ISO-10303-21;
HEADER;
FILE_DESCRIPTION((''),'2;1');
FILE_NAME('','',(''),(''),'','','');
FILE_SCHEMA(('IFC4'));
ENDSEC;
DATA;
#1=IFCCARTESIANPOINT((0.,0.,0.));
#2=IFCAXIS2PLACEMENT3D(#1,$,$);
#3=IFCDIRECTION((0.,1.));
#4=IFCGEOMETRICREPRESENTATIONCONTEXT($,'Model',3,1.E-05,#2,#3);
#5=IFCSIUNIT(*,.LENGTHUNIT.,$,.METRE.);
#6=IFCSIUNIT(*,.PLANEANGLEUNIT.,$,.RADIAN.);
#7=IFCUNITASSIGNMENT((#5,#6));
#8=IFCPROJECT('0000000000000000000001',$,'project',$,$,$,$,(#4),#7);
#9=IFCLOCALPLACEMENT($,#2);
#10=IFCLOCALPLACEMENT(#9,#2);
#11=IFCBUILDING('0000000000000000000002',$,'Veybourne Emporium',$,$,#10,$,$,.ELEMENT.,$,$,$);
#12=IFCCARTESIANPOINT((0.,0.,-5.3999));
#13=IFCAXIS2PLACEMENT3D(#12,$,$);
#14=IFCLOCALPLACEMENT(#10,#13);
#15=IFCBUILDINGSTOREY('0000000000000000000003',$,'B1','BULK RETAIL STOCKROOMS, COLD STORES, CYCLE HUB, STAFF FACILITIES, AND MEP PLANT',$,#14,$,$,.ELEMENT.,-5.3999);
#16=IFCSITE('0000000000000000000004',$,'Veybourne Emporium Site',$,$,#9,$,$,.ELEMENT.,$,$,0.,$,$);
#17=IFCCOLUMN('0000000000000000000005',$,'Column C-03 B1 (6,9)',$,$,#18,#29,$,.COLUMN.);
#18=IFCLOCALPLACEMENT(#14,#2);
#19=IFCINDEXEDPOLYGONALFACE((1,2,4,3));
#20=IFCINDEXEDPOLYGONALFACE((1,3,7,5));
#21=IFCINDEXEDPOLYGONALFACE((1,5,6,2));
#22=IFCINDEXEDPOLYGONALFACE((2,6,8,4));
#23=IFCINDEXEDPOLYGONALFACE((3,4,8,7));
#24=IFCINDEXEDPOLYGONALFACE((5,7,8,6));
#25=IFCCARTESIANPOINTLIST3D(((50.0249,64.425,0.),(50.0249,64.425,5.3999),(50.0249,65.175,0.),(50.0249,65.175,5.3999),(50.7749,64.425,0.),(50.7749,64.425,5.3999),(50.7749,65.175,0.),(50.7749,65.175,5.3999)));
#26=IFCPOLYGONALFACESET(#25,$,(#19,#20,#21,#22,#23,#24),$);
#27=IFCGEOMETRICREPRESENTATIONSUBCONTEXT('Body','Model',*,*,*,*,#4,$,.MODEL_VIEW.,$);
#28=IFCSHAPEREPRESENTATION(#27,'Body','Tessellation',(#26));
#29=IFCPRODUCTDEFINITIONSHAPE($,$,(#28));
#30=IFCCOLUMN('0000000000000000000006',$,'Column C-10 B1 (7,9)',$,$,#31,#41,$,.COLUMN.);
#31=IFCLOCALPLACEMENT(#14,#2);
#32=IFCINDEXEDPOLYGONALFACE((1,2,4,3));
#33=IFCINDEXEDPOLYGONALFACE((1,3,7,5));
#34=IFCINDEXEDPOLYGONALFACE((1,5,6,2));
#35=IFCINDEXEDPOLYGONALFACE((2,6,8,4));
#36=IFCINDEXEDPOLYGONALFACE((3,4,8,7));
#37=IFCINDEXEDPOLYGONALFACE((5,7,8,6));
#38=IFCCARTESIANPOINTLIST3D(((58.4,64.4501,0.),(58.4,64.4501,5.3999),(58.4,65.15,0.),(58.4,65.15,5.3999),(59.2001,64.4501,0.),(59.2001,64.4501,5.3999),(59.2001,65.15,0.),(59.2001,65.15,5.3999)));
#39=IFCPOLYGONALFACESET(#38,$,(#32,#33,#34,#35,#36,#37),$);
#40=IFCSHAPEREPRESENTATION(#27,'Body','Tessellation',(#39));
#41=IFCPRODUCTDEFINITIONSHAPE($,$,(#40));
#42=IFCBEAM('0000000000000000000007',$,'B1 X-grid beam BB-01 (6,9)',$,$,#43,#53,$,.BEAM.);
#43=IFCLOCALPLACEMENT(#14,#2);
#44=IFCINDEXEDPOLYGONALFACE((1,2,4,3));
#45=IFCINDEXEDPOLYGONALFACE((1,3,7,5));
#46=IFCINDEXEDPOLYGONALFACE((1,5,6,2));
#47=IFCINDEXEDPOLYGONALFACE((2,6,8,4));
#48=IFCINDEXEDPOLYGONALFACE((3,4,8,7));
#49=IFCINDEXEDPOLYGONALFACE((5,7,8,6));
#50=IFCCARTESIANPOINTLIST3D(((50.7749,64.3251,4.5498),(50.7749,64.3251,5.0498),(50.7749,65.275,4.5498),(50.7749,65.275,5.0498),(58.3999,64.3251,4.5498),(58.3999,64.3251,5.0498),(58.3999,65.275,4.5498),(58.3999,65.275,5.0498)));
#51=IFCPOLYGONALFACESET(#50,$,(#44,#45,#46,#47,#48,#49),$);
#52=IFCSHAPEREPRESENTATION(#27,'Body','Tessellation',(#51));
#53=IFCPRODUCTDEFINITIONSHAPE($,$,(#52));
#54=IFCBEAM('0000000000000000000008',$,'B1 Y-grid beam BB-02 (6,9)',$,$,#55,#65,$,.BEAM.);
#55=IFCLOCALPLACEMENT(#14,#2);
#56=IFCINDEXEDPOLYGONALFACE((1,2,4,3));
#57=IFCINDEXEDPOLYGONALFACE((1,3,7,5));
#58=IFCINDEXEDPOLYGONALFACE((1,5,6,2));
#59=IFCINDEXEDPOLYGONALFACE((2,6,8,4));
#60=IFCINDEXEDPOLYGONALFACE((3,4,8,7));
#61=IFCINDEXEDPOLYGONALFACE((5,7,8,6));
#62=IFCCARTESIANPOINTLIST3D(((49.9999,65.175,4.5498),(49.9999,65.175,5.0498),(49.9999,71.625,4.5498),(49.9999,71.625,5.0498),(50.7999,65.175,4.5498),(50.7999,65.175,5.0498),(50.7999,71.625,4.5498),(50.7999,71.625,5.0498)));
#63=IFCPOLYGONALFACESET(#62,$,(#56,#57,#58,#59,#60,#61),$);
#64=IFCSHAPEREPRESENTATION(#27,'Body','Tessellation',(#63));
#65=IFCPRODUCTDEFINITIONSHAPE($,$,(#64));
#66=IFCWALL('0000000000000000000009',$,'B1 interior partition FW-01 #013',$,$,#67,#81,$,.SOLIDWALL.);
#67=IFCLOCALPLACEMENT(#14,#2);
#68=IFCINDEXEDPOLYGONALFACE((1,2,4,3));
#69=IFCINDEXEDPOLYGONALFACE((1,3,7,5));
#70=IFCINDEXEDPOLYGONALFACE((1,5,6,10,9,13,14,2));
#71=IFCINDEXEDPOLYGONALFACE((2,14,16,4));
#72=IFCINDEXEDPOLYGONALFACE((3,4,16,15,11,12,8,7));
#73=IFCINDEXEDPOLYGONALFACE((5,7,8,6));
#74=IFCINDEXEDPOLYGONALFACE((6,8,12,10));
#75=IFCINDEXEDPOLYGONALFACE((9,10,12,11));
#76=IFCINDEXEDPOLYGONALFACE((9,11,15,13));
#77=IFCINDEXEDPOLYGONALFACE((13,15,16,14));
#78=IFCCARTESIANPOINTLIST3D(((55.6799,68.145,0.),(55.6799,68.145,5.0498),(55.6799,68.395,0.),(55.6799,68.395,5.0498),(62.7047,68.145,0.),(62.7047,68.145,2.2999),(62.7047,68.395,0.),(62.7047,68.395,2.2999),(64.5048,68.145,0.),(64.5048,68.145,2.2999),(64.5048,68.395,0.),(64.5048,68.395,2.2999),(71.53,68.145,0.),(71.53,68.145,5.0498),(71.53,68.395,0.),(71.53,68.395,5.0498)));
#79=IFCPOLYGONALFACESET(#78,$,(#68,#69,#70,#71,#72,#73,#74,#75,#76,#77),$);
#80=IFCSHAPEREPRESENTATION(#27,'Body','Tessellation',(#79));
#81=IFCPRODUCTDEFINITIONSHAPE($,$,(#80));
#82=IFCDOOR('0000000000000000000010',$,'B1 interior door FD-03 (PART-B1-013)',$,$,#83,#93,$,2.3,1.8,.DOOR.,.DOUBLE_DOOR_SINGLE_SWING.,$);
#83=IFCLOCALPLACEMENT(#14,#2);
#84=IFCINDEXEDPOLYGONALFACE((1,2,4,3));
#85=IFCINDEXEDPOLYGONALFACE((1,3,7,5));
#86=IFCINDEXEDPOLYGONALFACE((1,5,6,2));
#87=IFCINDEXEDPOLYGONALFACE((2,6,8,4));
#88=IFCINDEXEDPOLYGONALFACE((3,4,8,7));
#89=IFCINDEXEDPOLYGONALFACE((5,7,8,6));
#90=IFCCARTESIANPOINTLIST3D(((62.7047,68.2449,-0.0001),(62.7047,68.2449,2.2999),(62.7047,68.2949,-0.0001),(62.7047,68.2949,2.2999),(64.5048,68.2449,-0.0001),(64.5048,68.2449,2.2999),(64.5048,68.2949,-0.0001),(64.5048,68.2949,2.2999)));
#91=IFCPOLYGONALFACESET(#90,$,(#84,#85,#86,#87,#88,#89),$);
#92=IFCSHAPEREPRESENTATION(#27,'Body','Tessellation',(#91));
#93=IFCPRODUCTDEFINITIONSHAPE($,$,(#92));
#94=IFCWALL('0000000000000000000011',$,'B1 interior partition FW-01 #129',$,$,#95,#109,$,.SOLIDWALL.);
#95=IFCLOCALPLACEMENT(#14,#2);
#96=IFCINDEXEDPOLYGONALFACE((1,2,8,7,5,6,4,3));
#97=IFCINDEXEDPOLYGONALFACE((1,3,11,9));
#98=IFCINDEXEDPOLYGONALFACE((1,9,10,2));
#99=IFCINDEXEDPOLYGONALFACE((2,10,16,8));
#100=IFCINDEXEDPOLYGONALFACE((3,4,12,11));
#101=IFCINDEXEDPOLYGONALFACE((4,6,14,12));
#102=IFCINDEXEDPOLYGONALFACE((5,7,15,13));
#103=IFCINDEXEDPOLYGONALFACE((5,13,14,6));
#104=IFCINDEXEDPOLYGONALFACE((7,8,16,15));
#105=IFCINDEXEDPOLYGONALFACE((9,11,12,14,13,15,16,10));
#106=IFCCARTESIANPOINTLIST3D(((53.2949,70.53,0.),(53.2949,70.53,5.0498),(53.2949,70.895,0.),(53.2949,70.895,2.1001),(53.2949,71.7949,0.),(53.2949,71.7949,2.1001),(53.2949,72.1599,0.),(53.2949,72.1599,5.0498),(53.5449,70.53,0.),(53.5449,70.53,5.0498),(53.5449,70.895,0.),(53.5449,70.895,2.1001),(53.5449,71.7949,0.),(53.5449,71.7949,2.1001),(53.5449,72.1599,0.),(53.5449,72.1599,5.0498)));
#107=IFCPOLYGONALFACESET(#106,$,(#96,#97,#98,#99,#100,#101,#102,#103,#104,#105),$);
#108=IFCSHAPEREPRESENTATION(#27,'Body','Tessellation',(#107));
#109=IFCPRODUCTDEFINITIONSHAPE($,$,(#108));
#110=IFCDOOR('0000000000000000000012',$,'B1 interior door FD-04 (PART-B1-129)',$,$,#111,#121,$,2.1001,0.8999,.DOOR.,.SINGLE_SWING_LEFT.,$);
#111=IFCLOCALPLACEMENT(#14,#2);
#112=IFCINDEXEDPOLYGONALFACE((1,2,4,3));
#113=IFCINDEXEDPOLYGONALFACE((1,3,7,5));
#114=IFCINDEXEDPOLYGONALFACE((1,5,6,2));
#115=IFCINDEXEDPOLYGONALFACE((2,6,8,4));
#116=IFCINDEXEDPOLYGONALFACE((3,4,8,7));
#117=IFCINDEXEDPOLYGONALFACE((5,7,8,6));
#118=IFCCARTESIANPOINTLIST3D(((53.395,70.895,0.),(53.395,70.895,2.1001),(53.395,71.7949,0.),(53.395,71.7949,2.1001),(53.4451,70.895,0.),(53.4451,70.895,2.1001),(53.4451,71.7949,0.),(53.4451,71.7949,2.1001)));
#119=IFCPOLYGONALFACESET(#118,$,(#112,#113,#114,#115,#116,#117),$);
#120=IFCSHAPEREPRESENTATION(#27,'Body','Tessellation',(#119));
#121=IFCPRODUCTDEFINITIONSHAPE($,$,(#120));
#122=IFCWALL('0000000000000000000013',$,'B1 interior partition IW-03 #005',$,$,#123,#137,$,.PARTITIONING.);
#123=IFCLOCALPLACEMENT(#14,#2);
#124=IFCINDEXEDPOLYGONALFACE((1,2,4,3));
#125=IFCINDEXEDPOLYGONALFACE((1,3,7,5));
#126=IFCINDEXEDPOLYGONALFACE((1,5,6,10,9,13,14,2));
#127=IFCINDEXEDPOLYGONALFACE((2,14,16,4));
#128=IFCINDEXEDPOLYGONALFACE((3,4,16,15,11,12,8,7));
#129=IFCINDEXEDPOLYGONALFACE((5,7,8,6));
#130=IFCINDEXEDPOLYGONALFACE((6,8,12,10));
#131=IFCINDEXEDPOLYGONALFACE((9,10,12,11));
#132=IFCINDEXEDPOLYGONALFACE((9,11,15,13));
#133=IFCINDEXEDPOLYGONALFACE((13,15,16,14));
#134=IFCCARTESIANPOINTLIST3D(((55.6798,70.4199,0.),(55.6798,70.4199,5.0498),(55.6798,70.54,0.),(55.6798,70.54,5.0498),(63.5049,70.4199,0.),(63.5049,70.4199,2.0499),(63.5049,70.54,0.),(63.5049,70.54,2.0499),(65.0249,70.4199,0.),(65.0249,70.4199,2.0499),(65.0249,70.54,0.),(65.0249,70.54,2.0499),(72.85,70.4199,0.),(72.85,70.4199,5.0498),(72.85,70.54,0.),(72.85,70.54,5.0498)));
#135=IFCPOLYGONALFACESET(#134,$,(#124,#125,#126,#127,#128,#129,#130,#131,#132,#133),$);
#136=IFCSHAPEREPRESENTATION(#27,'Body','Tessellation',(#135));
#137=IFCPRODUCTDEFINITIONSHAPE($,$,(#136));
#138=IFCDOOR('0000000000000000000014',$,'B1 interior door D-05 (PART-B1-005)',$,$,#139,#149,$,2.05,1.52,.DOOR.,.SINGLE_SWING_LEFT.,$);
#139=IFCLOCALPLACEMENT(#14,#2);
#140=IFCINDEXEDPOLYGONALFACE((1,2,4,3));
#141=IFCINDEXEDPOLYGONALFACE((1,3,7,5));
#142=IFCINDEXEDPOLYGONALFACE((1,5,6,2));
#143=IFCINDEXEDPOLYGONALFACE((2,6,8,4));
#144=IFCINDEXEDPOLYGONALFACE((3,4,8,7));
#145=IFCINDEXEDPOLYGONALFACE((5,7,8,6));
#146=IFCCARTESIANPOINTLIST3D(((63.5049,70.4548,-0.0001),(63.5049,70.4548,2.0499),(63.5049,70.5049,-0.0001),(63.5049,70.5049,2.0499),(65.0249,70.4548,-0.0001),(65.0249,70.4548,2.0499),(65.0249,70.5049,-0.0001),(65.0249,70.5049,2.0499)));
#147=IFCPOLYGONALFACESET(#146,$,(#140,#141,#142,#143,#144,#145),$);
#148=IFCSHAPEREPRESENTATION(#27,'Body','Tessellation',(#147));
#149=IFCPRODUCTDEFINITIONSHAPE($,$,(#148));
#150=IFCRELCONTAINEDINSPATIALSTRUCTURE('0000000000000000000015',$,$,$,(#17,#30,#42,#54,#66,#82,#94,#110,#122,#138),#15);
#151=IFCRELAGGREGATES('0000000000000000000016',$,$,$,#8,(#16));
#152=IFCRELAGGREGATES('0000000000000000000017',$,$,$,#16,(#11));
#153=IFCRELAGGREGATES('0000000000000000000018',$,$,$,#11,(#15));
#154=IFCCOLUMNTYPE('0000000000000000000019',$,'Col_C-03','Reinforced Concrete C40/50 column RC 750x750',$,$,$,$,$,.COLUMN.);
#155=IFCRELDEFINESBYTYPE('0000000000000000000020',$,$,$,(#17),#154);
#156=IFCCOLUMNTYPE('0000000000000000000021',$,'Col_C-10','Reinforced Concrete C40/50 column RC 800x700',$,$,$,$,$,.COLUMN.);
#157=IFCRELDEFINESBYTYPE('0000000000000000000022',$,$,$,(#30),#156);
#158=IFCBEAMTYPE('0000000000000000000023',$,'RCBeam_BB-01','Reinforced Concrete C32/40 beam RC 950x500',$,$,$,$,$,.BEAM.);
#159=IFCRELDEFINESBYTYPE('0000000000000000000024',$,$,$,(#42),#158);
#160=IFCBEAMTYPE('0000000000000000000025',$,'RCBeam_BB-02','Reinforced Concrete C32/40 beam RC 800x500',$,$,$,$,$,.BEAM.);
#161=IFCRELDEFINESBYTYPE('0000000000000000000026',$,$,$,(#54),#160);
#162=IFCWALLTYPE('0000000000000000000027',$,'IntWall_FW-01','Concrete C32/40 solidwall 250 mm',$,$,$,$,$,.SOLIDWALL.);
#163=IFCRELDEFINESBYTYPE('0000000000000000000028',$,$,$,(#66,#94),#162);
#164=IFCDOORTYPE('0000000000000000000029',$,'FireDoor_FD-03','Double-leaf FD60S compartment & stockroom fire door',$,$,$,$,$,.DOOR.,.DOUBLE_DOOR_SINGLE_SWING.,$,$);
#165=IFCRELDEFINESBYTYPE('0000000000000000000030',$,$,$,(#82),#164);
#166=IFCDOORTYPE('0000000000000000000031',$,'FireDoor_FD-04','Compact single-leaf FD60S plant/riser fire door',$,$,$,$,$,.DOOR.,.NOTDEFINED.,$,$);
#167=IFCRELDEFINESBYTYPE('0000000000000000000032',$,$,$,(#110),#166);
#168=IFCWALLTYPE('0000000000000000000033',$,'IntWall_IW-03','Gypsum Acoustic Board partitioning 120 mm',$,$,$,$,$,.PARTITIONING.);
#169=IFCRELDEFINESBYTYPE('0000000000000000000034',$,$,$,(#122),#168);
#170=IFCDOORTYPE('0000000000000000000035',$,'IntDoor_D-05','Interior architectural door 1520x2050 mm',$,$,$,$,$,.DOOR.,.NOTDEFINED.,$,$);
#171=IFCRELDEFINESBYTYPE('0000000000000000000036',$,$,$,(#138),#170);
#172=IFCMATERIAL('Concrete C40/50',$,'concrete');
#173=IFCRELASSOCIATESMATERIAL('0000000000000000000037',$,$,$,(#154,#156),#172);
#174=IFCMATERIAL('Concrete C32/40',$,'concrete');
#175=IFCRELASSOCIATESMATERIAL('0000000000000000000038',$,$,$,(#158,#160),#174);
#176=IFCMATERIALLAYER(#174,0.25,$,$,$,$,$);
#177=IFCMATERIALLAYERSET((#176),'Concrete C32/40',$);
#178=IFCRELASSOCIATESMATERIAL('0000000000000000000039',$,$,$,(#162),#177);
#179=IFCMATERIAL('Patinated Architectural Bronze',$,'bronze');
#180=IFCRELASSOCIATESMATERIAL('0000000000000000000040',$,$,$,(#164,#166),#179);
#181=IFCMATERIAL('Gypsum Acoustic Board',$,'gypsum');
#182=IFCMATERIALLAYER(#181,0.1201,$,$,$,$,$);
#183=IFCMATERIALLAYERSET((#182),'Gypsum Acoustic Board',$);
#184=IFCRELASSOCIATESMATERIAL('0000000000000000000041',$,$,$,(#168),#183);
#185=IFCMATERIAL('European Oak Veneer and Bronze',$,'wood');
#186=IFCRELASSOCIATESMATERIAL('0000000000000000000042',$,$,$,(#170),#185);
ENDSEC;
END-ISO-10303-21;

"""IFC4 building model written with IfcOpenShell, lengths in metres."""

from ifc_helpers import new_model, si_unit, direction, frame, frame_2d, origin, origin_2d, place, context, subcontext, project, spatial, rectangle, extrude, material, layer, layer_set, material_profile, profile_set, type_object, element, fill, save


model = new_model("IFC4")

# Units and contexts
model_context = context("Model", 3, precision=1e-05, world=origin(), true_north=direction((0.0, 1.0)))
body_context = subcontext(model_context, "Body", "Model", "MODEL_VIEW")
ifc_project = project(units=[si_unit("LENGTHUNIT", "METRE"), si_unit("PLANEANGLEUNIT", "RADIAN")], contexts=[model_context])

# Site, building, storey
site_placement = place(None, origin())
site = spatial("IfcSite", under=ifc_project, at=site_placement, Name="Veybourne Emporium Site", CompositionType="ELEMENT", RefElevation=0.0)
building_placement = place(site_placement, origin())
building = spatial("IfcBuilding", under=site, at=building_placement, Name="Veybourne Emporium", CompositionType="ELEMENT")
storey_placement = place(building_placement, frame((0.0, 0.0, -5.3999)))
storey = spatial("IfcBuildingStorey", under=building, at=storey_placement, Name="B1", Description="BULK RETAIL STOCKROOMS, COLD STORES, CYCLE HUB, STAFF FACILITIES, AND MEP PLANT", CompositionType="ELEMENT", Elevation=-5.3999)

# Columns
ifc_material_1 = material(Name="Concrete C40/50", Category="concrete")
ifc_material_profile_1 = material_profile(ifc_material_1, rectangle(XDim=0.75, YDim=0.75, at=origin_2d()), Name="RC 750x750")
ifc_profile_set_1 = profile_set([ifc_material_profile_1], Name="Concrete C40/50")
column_type_1 = type_object("IfcColumnType", Name="Col_C-03", Description="Reinforced Concrete C40/50 column RC 750x750", PredefinedType="COLUMN", material=ifc_profile_set_1)
column_1_placement = place(storey_placement, frame((50.3999, 64.8, 0.0), z_axis=(0.0, 0.0, 1.0), x_axis=(1.0, 0.0, 0.0)))
element("IfcColumn", 1, at=column_1_placement, inside=storey, type_object=column_type_1, Name="Column C-03 B1 (6,9)", PredefinedType="COLUMN", context=body_context, shape_type="SweptSolid", body=[
    extrude(rectangle(XDim=0.75, YDim=0.75, at=origin_2d()), origin(), (0.0, 0.0, 1.0), 5.3999),
])
ifc_material_profile_2 = material_profile(ifc_material_1, rectangle(XDim=0.8, YDim=0.7, at=origin_2d()), Name="RC 800x700")
ifc_profile_set_2 = profile_set([ifc_material_profile_2], Name="Concrete C40/50")
column_type_2 = type_object("IfcColumnType", Name="Col_C-10", Description="Reinforced Concrete C40/50 column RC 800x700", PredefinedType="COLUMN", material=ifc_profile_set_2)
column_2_placement = place(storey_placement, frame((58.8, 64.8, 0.0), z_axis=(0.0, 0.0, 1.0), x_axis=(1.0, 0.0, 0.0)))
element("IfcColumn", 2, at=column_2_placement, inside=storey, type_object=column_type_2, Name="Column C-10 B1 (7,9)", PredefinedType="COLUMN", context=body_context, shape_type="SweptSolid", body=[
    extrude(rectangle(XDim=0.8, YDim=0.7, at=origin_2d()), origin(), (0.0, 0.0, 1.0), 5.3999),
])

# Beams
ifc_material_2 = material(Name="Concrete C32/40", Category="concrete")
ifc_material_profile_3 = material_profile(ifc_material_2, rectangle(XDim=0.95, YDim=0.5, at=origin_2d()), Name="RC 950x500")
ifc_profile_set_3 = profile_set([ifc_material_profile_3], Name="Concrete C32/40")
beam_type_1 = type_object("IfcBeamType", Name="RCBeam_BB-01", Description="Reinforced Concrete C32/40 beam RC 950x500", PredefinedType="BEAM", material=ifc_profile_set_3)
beam_1_placement = place(storey_placement, frame((50.7749, 64.8, 4.7998), z_axis=(1.0, 0.0, 0.0), x_axis=(0.0, 1.0, 0.0)))
element("IfcBeam", 3, at=beam_1_placement, inside=storey, type_object=beam_type_1, Name="B1 X-grid beam BB-01 (6,9)", PredefinedType="BEAM", context=body_context, shape_type="SweptSolid", body=[
    extrude(rectangle(XDim=0.95, YDim=0.5, at=origin_2d()), origin(), (0.0, 0.0, 1.0), 7.625),
])
ifc_material_profile_4 = material_profile(ifc_material_2, rectangle(XDim=0.8, YDim=0.5, at=origin_2d()), Name="RC 800x500")
ifc_profile_set_4 = profile_set([ifc_material_profile_4], Name="Concrete C32/40")
beam_type_2 = type_object("IfcBeamType", Name="RCBeam_BB-02", Description="Reinforced Concrete C32/40 beam RC 800x500", PredefinedType="BEAM", material=ifc_profile_set_4)
beam_2_placement = place(storey_placement, frame((50.3999, 65.175, 4.7998), z_axis=(0.0, 1.0, 0.0), x_axis=(-1.0, 0.0, 0.0)))
element("IfcBeam", 4, at=beam_2_placement, inside=storey, type_object=beam_type_2, Name="B1 Y-grid beam BB-02 (6,9)", PredefinedType="BEAM", context=body_context, shape_type="SweptSolid", body=[
    extrude(rectangle(XDim=0.8, YDim=0.5, at=origin_2d()), origin(), (0.0, 0.0, 1.0), 6.45),
])

# Walls, openings, doors
ifc_layer_1 = layer(ifc_material_2, 0.25)
ifc_layer_set_1 = layer_set([ifc_layer_1], Name="Concrete C32/40")
wall_type_1 = type_object("IfcWallType", Name="IntWall_FW-01", Description="Concrete C32/40 solidwall 250 mm", PredefinedType="SOLIDWALL", material=ifc_layer_set_1)
wall_1_placement = place(storey_placement, frame((55.6799, 68.27, 0.0), z_axis=(0.0, 0.0, 1.0), x_axis=(1.0, 0.0, 0.0)))
wall_1 = element("IfcWall", 5, at=wall_1_placement, inside=storey, type_object=wall_type_1, Name="B1 interior partition FW-01 #013", PredefinedType="SOLIDWALL", context=body_context, shape_type="SweptSolid", body=[
    extrude(rectangle(XDim=15.8501, YDim=0.25, at=frame_2d((7.925, 0.0))), origin(), (0.0, 0.0, 1.0), 5.0498),
])
opening_1_placement = place(wall_1_placement, frame((7.0249, 0.0, 0.0)))
opening_1 = element("IfcOpeningElement", 6, at=opening_1_placement, cuts=wall_1, PredefinedType="OPENING", context=body_context, shape_type="SweptSolid", body=[
    extrude(rectangle(XDim=1.8, YDim=2.3, at=frame_2d((0.8999, 1.1499))), frame((0.0, 0.145, 0.0), z_axis=(0.0, -1.0, 0.0), x_axis=(1.0, 0.0, 0.0)), (0.0, 0.0, 1.0), 0.29),
])
ifc_material_3 = material(Name="Patinated Architectural Bronze", Category="bronze")
door_type_1 = type_object("IfcDoorType", Name="FireDoor_FD-03", Description="Double-leaf FD60S compartment & stockroom fire door", OperationType="DOUBLE_DOOR_SINGLE_SWING", PredefinedType="DOOR", material=ifc_material_3)
door_1_placement = place(opening_1_placement, origin())
door_1 = element("IfcDoor", 7, at=door_1_placement, inside=storey, type_object=door_type_1, Name="B1 interior door FD-03 (PART-B1-013)", OperationType="DOUBLE_DOOR_SINGLE_SWING", OverallHeight=2.3, OverallWidth=1.8, PredefinedType="DOOR", context=body_context, shape_type="SweptSolid", body=[
    extrude(rectangle(XDim=1.8, YDim=2.3, at=frame_2d((0.8999, 1.1499))), frame((0.0, 0.0249, 0.0), z_axis=(0.0, -1.0, 0.0), x_axis=(1.0, 0.0, 0.0)), (0.0, 0.0, 1.0), 0.05),
])
fill(opening_1, door_1)
wall_2_placement = place(storey_placement, frame((53.4199, 70.53, 0.0), z_axis=(0.0, 0.0, 1.0), x_axis=(0.0, 1.0, 0.0)))
wall_2 = element("IfcWall", 8, at=wall_2_placement, inside=storey, type_object=wall_type_1, Name="B1 interior partition FW-01 #129", PredefinedType="SOLIDWALL", context=body_context, shape_type="SweptSolid", body=[
    extrude(rectangle(XDim=1.6299, YDim=0.25, at=frame_2d((0.8149, 0.0))), origin(), (0.0, 0.0, 1.0), 5.0498),
])
opening_2_placement = place(wall_2_placement, frame((0.365, 0.0, 0.0)))
opening_2 = element("IfcOpeningElement", 9, at=opening_2_placement, cuts=wall_2, PredefinedType="OPENING", context=body_context, shape_type="SweptSolid", body=[
    extrude(rectangle(XDim=0.8999, YDim=2.1001, at=frame_2d((0.45, 1.05))), frame((0.0, 0.145, 0.0), z_axis=(0.0, -1.0, 0.0), x_axis=(1.0, 0.0, 0.0)), (0.0, 0.0, 1.0), 0.29),
])
door_type_2 = type_object("IfcDoorType", Name="FireDoor_FD-04", Description="Compact single-leaf FD60S plant/riser fire door", OperationType="NOTDEFINED", PredefinedType="DOOR", material=ifc_material_3)
door_2_placement = place(opening_2_placement, origin())
door_2 = element("IfcDoor", 10, at=door_2_placement, inside=storey, type_object=door_type_2, Name="B1 interior door FD-04 (PART-B1-129)", OperationType="SINGLE_SWING_LEFT", OverallHeight=2.1001, OverallWidth=0.8999, PredefinedType="DOOR", context=body_context, shape_type="SweptSolid", body=[
    extrude(rectangle(XDim=0.8999, YDim=2.1001, at=frame_2d((0.45, 1.05))), frame((0.0, 0.0249, 0.0), z_axis=(0.0, -1.0, 0.0), x_axis=(1.0, 0.0, 0.0)), (0.0, 0.0, 1.0), 0.05),
])
fill(opening_2, door_2)
ifc_material_4 = material(Name="Gypsum Acoustic Board", Category="gypsum")
ifc_layer_2 = layer(ifc_material_4, 0.1201)
ifc_layer_set_2 = layer_set([ifc_layer_2], Name="Gypsum Acoustic Board")
wall_type_2 = type_object("IfcWallType", Name="IntWall_IW-03", Description="Gypsum Acoustic Board partitioning 120 mm", PredefinedType="PARTITIONING", material=ifc_layer_set_2)
wall_3_placement = place(storey_placement, frame((55.6799, 70.48, 0.0), z_axis=(0.0, 0.0, 1.0), x_axis=(1.0, 0.0, 0.0)))
wall_3 = element("IfcWall", 11, at=wall_3_placement, inside=storey, type_object=wall_type_2, Name="B1 interior partition IW-03 #005", PredefinedType="PARTITIONING", context=body_context, shape_type="SweptSolid", body=[
    extrude(rectangle(XDim=17.1702, YDim=0.1201, at=frame_2d((8.585, 0.0))), origin(), (0.0, 0.0, 1.0), 5.0498),
])
opening_3_placement = place(wall_3_placement, frame((7.825, 0.0, 0.0)))
opening_3 = element("IfcOpeningElement", 12, at=opening_3_placement, cuts=wall_3, PredefinedType="OPENING", context=body_context, shape_type="SweptSolid", body=[
    extrude(rectangle(XDim=1.52, YDim=2.05, at=frame_2d((0.76, 1.0249))), frame((0.0, 0.0801, 0.0), z_axis=(0.0, -1.0, 0.0), x_axis=(1.0, 0.0, 0.0)), (0.0, 0.0, 1.0), 0.1602),
])
ifc_material_5 = material(Name="European Oak Veneer and Bronze", Category="wood")
door_type_3 = type_object("IfcDoorType", Name="IntDoor_D-05", Description="Interior architectural door 1520x2050 mm", OperationType="NOTDEFINED", PredefinedType="DOOR", material=ifc_material_5)
door_3_placement = place(opening_3_placement, origin())
door_3 = element("IfcDoor", 13, at=door_3_placement, inside=storey, type_object=door_type_3, Name="B1 interior door D-05 (PART-B1-005)", OperationType="SINGLE_SWING_LEFT", OverallHeight=2.05, OverallWidth=1.52, PredefinedType="DOOR", context=body_context, shape_type="SweptSolid", body=[
    extrude(rectangle(XDim=1.52, YDim=2.05, at=frame_2d((0.76, 1.0249))), frame((0.0, 0.0249, 0.0), z_axis=(0.0, -1.0, 0.0), x_axis=(1.0, 0.0, 0.0)), (0.0, 0.0, 1.0), 0.05),
])
fill(opening_3, door_3)

save(model, "model.ifc")
